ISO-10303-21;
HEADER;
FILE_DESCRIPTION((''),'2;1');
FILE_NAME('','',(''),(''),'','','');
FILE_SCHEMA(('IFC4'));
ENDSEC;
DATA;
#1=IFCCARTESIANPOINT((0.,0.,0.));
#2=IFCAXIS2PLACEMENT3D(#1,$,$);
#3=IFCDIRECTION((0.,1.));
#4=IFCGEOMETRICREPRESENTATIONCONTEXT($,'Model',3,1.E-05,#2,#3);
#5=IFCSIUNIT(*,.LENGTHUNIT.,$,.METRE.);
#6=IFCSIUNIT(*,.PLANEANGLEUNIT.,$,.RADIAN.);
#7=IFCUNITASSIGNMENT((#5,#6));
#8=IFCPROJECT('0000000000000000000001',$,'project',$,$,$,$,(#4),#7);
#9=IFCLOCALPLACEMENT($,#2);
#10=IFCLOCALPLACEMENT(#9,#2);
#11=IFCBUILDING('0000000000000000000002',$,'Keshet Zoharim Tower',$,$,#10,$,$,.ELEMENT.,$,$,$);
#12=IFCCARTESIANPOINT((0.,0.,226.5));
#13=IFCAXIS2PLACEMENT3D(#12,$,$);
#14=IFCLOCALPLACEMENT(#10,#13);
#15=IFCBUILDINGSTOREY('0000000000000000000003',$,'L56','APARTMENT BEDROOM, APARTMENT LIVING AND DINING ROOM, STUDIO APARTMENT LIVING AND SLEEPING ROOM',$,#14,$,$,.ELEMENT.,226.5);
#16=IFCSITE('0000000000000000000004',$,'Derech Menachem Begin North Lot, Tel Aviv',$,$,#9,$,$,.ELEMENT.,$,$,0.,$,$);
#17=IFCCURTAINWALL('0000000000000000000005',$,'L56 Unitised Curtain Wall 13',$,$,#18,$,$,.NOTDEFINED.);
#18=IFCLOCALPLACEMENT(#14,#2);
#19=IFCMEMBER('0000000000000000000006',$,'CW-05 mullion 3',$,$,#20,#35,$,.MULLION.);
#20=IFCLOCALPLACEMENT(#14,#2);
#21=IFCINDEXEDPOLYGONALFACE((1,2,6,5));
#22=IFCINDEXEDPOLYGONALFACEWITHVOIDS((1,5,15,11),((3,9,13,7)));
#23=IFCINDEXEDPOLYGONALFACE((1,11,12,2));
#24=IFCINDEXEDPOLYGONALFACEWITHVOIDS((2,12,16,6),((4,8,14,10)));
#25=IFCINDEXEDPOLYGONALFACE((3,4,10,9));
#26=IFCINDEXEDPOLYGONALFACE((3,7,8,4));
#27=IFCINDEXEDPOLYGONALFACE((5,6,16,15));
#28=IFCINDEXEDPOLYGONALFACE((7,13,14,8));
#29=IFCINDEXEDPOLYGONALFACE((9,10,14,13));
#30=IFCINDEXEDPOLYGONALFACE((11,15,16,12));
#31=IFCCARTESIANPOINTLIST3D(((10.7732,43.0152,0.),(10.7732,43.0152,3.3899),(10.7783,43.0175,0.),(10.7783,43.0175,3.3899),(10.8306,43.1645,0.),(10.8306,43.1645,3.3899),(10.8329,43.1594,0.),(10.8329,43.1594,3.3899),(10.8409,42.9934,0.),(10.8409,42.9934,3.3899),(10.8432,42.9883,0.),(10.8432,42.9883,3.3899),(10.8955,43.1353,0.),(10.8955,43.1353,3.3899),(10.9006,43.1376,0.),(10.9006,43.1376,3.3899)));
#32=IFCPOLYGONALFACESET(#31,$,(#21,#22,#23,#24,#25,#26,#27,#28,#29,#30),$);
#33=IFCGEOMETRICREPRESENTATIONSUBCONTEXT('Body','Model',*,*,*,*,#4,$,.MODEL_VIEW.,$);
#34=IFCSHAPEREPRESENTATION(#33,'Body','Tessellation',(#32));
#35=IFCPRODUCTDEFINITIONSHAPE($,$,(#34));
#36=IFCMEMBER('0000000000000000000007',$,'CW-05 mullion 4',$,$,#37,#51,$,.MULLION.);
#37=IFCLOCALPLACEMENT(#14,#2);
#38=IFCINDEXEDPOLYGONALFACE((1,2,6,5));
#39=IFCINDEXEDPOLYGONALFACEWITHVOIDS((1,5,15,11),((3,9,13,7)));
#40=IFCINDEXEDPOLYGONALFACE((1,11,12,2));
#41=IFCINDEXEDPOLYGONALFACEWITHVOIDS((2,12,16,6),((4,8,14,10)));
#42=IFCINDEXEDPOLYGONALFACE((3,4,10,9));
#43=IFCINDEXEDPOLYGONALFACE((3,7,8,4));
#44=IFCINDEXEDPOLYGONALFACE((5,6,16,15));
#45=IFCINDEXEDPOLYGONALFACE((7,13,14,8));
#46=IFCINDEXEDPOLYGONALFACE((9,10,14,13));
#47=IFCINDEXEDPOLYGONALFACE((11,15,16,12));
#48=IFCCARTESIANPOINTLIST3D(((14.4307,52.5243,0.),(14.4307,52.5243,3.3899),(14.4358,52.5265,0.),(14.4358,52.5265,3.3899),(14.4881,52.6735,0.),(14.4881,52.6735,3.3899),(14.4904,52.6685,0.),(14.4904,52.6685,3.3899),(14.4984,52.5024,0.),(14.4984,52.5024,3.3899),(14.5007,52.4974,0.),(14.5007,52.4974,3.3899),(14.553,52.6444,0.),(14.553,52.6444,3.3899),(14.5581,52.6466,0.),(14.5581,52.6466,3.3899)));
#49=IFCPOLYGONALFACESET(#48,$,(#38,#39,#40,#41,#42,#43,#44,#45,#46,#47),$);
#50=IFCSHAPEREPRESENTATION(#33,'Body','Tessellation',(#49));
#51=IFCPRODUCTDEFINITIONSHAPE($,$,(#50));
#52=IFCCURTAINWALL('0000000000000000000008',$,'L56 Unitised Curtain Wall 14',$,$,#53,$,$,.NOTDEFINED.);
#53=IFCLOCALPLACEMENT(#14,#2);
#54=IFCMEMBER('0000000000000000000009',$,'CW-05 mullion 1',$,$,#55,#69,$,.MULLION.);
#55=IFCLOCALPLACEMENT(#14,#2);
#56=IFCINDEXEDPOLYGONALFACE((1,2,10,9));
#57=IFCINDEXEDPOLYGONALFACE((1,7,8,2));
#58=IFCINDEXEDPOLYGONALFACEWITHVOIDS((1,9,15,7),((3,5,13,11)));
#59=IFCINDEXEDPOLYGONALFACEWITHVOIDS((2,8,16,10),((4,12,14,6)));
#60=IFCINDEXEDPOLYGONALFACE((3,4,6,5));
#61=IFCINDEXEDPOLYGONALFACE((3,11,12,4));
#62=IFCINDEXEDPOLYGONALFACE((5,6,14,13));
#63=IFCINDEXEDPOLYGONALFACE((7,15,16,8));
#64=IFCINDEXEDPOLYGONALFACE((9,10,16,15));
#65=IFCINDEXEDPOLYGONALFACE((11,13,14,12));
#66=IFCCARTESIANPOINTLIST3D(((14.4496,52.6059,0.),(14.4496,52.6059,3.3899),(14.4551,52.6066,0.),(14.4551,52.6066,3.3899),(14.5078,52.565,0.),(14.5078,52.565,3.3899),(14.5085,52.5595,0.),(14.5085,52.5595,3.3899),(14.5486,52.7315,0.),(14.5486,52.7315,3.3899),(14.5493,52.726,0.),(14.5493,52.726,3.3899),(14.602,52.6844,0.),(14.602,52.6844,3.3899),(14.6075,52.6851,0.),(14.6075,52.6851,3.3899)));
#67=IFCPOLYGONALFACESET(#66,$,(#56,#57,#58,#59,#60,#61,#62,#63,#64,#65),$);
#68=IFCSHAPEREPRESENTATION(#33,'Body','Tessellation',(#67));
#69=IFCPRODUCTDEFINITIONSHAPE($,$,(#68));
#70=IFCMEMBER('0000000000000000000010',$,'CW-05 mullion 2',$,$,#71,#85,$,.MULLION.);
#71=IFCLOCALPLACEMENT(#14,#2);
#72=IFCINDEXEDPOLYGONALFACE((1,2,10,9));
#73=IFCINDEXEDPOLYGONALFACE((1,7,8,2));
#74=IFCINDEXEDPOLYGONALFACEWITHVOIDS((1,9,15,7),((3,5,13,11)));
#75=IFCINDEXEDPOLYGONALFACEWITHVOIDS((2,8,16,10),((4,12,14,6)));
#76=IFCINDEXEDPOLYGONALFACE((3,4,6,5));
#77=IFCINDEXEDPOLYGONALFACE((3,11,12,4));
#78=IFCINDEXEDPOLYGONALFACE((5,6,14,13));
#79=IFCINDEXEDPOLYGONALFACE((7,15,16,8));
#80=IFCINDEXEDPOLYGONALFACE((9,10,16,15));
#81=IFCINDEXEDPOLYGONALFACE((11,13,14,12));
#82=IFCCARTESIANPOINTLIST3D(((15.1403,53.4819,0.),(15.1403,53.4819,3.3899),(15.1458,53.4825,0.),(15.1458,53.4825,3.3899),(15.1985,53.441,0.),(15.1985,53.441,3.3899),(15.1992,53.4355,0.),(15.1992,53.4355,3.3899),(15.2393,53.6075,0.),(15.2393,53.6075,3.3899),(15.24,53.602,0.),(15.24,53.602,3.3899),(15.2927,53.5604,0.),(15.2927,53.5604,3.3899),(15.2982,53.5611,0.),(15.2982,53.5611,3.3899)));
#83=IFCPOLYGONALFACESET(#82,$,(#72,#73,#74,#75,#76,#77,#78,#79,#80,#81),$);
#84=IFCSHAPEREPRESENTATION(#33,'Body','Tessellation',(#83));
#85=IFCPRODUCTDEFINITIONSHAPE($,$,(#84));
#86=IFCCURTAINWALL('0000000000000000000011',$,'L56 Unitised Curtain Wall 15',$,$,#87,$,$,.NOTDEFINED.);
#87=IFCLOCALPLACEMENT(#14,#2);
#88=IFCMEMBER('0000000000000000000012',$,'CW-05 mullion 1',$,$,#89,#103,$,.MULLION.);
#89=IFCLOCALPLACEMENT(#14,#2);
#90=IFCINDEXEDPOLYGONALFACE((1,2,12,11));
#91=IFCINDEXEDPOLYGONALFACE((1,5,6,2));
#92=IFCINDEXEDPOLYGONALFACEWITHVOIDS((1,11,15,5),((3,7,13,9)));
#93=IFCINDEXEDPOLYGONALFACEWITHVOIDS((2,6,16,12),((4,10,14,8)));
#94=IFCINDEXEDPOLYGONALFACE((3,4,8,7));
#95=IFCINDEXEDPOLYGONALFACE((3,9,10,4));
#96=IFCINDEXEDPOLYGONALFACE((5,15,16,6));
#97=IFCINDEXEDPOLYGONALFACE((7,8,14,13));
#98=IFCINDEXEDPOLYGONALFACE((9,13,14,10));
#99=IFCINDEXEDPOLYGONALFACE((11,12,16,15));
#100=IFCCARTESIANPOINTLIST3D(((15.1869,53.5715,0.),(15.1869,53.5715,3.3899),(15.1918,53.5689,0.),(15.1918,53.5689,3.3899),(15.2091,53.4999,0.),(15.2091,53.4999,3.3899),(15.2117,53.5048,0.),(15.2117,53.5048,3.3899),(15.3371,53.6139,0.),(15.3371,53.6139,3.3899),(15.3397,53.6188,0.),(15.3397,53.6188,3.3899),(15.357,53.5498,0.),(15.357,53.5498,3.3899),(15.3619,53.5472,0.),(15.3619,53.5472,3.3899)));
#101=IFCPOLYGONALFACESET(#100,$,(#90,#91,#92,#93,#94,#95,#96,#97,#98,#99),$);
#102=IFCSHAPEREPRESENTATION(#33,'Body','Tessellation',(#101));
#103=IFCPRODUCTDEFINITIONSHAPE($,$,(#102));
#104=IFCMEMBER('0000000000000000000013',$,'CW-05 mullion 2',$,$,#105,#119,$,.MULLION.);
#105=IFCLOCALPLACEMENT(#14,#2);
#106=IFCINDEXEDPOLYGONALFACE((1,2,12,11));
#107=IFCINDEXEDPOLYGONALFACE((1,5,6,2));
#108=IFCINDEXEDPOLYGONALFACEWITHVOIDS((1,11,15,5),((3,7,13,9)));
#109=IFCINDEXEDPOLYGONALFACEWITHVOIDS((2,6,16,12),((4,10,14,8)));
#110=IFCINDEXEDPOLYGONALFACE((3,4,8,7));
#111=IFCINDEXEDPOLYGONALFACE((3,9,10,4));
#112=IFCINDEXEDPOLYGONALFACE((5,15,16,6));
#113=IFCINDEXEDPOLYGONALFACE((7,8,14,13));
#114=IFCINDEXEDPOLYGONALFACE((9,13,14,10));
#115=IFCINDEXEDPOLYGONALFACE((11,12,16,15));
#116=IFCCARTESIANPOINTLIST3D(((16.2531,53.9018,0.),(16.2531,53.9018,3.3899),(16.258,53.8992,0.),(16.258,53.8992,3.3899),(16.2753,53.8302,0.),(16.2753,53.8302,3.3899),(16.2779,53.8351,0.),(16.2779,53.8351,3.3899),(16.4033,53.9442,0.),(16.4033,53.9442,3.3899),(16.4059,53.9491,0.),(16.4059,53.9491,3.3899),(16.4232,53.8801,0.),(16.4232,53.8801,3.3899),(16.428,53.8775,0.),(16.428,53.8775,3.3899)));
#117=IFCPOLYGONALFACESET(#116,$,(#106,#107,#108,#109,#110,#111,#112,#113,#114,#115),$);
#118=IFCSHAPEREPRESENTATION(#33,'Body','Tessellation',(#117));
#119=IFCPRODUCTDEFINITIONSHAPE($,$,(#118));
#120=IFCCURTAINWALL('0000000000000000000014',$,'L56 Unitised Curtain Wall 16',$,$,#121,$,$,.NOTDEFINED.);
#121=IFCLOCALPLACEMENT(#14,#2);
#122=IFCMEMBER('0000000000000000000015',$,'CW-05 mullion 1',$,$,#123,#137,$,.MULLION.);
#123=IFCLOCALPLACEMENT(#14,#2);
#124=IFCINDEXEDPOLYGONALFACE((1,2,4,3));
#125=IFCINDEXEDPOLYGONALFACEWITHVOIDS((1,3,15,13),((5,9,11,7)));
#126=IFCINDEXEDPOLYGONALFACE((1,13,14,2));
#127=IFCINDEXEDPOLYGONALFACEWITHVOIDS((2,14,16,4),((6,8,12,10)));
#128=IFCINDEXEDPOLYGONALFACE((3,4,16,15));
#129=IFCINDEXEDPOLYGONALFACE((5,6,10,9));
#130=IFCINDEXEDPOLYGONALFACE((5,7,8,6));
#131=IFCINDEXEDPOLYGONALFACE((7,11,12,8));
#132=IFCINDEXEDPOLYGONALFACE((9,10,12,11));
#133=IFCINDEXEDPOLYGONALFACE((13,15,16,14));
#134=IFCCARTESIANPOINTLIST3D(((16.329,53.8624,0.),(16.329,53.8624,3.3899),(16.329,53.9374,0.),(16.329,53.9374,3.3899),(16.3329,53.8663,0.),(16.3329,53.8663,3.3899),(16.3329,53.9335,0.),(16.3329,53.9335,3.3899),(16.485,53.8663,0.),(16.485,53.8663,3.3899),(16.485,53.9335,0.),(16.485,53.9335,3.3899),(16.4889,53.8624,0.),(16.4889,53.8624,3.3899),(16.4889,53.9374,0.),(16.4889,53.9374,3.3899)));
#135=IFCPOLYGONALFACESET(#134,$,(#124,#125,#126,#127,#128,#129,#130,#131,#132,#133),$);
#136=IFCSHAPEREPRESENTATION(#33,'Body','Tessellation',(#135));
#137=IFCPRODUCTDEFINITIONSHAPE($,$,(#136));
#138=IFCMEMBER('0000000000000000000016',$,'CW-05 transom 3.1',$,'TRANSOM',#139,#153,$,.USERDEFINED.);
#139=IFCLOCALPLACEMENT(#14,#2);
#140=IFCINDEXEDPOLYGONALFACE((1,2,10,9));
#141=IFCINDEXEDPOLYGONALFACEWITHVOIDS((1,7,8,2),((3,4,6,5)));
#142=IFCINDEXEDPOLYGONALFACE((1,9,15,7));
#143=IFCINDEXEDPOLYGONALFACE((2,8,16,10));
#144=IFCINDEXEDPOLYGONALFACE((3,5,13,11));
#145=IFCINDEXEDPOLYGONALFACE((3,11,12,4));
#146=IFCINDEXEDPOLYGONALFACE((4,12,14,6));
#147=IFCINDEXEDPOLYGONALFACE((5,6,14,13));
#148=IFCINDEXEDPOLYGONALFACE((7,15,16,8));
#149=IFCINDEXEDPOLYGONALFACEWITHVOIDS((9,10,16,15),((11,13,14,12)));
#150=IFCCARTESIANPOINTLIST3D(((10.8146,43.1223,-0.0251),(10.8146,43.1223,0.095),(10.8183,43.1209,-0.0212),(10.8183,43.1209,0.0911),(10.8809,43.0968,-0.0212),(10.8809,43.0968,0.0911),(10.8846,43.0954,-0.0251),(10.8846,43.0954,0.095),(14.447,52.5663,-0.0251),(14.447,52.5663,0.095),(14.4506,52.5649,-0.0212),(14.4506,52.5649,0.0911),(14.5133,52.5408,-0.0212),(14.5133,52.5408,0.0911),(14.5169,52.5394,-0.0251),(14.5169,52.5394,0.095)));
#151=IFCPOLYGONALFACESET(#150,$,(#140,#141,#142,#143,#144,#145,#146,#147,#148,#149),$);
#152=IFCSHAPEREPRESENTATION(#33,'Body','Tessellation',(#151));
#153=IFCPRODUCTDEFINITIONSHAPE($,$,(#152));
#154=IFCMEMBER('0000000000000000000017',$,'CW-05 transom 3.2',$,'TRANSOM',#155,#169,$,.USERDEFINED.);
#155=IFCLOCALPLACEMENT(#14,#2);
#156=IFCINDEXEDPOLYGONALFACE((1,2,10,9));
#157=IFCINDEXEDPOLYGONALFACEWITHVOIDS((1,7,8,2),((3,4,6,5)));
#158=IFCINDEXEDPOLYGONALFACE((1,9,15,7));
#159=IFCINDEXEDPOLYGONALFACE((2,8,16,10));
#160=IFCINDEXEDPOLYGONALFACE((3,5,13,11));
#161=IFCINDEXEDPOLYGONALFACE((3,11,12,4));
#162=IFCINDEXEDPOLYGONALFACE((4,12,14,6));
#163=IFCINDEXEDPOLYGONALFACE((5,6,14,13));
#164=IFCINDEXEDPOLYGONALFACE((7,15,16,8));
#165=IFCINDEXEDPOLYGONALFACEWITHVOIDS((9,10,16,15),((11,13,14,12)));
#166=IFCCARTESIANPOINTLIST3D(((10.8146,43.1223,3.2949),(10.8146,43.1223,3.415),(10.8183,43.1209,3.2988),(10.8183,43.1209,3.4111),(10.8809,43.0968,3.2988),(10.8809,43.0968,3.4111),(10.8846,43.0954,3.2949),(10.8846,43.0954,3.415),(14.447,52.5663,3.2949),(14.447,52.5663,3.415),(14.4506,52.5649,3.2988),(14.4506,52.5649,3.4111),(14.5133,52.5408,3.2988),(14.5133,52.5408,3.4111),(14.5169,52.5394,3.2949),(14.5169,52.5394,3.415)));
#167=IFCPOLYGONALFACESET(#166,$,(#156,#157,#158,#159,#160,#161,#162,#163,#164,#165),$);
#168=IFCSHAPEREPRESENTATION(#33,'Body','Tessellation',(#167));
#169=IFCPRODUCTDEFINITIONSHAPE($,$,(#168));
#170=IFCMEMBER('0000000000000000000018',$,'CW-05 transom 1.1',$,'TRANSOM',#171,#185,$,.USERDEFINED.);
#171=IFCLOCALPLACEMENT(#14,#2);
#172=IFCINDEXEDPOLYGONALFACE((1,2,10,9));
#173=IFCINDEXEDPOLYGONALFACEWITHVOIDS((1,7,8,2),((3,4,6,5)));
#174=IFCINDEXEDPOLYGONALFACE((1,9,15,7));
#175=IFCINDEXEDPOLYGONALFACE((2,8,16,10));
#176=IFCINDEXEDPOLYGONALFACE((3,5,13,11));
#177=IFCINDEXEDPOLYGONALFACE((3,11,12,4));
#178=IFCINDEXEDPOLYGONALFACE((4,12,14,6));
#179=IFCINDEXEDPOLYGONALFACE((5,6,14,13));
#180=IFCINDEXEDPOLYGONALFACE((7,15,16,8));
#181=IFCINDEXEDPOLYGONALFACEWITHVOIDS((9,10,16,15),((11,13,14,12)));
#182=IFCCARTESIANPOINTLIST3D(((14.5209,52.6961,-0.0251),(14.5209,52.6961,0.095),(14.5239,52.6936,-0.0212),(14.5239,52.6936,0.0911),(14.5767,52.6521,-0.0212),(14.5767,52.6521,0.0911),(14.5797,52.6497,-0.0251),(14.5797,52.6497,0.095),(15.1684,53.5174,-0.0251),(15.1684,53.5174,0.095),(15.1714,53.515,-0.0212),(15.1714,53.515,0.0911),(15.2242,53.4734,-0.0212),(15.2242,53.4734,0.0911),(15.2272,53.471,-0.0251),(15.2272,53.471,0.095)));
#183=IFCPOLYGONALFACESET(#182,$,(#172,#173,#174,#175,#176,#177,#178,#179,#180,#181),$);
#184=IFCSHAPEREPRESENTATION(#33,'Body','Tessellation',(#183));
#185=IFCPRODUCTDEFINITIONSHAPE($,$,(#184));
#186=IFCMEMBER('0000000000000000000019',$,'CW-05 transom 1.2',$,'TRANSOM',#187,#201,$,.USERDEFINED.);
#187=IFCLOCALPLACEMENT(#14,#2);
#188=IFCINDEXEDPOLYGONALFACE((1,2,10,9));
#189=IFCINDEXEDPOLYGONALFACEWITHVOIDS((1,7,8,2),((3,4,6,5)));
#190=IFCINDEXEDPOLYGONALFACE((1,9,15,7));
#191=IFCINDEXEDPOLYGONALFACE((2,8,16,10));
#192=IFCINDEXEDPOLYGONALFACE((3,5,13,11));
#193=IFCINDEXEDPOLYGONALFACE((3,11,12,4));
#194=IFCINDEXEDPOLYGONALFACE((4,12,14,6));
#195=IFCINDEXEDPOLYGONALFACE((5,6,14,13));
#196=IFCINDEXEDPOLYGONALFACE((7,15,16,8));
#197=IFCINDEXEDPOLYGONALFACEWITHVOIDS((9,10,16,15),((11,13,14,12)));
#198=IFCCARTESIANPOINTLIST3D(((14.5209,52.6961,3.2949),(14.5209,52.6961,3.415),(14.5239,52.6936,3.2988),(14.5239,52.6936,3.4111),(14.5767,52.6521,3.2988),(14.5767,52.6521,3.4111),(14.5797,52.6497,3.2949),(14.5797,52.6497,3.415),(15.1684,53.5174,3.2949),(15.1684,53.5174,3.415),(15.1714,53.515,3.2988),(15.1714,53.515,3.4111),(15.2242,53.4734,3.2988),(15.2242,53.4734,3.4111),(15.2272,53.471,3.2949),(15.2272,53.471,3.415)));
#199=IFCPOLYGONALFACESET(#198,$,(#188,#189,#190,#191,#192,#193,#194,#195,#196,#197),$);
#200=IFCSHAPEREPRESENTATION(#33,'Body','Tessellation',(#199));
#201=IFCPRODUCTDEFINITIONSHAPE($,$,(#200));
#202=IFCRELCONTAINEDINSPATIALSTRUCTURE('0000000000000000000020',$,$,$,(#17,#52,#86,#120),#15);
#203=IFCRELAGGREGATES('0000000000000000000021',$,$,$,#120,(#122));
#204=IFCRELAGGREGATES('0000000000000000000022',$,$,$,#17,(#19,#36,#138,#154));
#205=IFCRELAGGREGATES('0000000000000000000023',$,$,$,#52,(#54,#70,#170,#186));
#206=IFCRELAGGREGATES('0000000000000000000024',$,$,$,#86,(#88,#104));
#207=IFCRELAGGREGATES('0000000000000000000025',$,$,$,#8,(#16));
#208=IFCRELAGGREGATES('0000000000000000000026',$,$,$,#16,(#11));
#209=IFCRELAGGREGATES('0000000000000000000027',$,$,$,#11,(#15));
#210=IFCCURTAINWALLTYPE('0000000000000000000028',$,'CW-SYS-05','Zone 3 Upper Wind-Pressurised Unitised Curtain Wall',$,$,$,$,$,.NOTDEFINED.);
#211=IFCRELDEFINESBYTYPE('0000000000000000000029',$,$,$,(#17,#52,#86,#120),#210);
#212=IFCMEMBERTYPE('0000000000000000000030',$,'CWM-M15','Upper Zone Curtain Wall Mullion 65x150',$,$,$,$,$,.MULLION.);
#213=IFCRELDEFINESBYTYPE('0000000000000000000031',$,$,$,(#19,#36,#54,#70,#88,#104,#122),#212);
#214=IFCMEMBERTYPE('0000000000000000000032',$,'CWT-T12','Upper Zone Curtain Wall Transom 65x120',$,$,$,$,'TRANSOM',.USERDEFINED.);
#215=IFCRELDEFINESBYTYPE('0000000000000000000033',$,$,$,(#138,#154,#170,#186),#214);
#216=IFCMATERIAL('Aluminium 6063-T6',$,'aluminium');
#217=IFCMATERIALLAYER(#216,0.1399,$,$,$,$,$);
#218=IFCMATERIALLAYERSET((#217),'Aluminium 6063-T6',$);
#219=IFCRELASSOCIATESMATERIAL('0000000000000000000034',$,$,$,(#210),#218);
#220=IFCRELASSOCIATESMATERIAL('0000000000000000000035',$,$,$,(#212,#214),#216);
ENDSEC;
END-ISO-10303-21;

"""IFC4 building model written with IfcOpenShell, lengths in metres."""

from ifc_helpers import new_model, si_unit, direction, frame, origin, origin_2d, place, context, subcontext, project, spatial, hollow_rectangle, extrude, material, layer, layer_set, material_profile, profile_set, type_object, element, aggregate, save


model = new_model("IFC4")

# Units and contexts
model_context = context("Model", 3, precision=1e-05, world=origin(), true_north=direction((0.0, 1.0)))
body_context = subcontext(model_context, "Body", "Model", "MODEL_VIEW")
ifc_project = project(units=[si_unit("LENGTHUNIT", "METRE"), si_unit("PLANEANGLEUNIT", "RADIAN")], contexts=[model_context])

# Site, building, storey
site_placement = place(None, origin())
site = spatial("IfcSite", under=ifc_project, at=site_placement, Name="Derech Menachem Begin North Lot, Tel Aviv", CompositionType="ELEMENT", RefElevation=0.0)
building_placement = place(site_placement, origin())
building = spatial("IfcBuilding", under=site, at=building_placement, Name="Keshet Zoharim Tower", CompositionType="ELEMENT")
storey_placement = place(building_placement, frame((0.0, 0.0, 226.5)))
storey = spatial("IfcBuildingStorey", under=building, at=storey_placement, Name="L56", Description="APARTMENT BEDROOM, APARTMENT LIVING AND DINING ROOM, STUDIO APARTMENT LIVING AND SLEEPING ROOM", CompositionType="ELEMENT", Elevation=226.5)

# Curtain walls, members
ifc_material_1 = material(Name="Aluminium 6063-T6", Category="aluminium")
ifc_layer_1 = layer(ifc_material_1, 0.1399)
ifc_layer_set_1 = layer_set([ifc_layer_1], Name="Aluminium 6063-T6")
curtain_wall_type = type_object("IfcCurtainWallType", Name="CW-SYS-05", Description="Zone 3 Upper Wind-Pressurised Unitised Curtain Wall", PredefinedType="NOTDEFINED", material=ifc_layer_set_1)
curtain_wall_1_placement = place(storey_placement, origin())
curtain_wall_1 = element("IfcCurtainWall", 1, at=curtain_wall_1_placement, inside=storey, type_object=curtain_wall_type, Name="L56 Unitised Curtain Wall 13", PredefinedType="NOTDEFINED")
ifc_material_profile_1 = material_profile(ifc_material_1, hollow_rectangle(XDim=0.075, YDim=0.1599, WallThickness=0.0039, at=origin_2d()), Name="MUL-75x160")
ifc_profile_set_1 = profile_set([ifc_material_profile_1], Name="Aluminium 6063-T6")
member_type_1 = type_object("IfcMemberType", Name="CWM-M15", Description="Upper Zone Curtain Wall Mullion 65x150", PredefinedType="MULLION", material=ifc_profile_set_1)
member_1_placement = place(storey_placement, frame((10.8369, 43.0764, 0.0), z_axis=(0.0, 0.0, 1.0), x_axis=(-0.933341, 0.35899, 0.0)))
member_1 = element("IfcMember", 2, at=member_1_placement, type_object=member_type_1, Name="CW-05 mullion 3", PredefinedType="MULLION", context=body_context, shape_type="SweptSolid", body=[
    extrude(hollow_rectangle(XDim=0.075, YDim=0.1599, WallThickness=0.0039, at=origin_2d()), origin(), (0.0, 0.0, 1.0), 3.3899),
])
member_2_placement = place(storey_placement, frame((14.4944, 52.5854, 0.0), z_axis=(0.0, 0.0, 1.0), x_axis=(-0.933341, 0.35899, 0.0)))
member_2 = element("IfcMember", 3, at=member_2_placement, type_object=member_type_1, Name="CW-05 mullion 4", PredefinedType="MULLION", context=body_context, shape_type="SweptSolid", body=[
    extrude(hollow_rectangle(XDim=0.075, YDim=0.1599, WallThickness=0.0039, at=origin_2d()), origin(), (0.0, 0.0, 1.0), 3.3899),
])
curtain_wall_2_placement = place(storey_placement, origin())
curtain_wall_2 = element("IfcCurtainWall", 4, at=curtain_wall_2_placement, inside=storey, type_object=curtain_wall_type, Name="L56 Unitised Curtain Wall 14", PredefinedType="NOTDEFINED")
member_3_placement = place(storey_placement, frame((14.5286, 52.6455, 0.0), z_axis=(0.0, 0.0, 1.0), x_axis=(-0.785293, 0.619125, 0.0)))
member_3 = element("IfcMember", 5, at=member_3_placement, type_object=member_type_1, Name="CW-05 mullion 1", PredefinedType="MULLION", context=body_context, shape_type="SweptSolid", body=[
    extrude(hollow_rectangle(XDim=0.075, YDim=0.1599, WallThickness=0.0039, at=origin_2d()), origin(), (0.0, 0.0, 1.0), 3.3899),
])
member_4_placement = place(storey_placement, frame((15.2192, 53.5215, 0.0), z_axis=(0.0, 0.0, 1.0), x_axis=(-0.785293, 0.619125, 0.0)))
member_4 = element("IfcMember", 6, at=member_4_placement, type_object=member_type_1, Name="CW-05 mullion 2", PredefinedType="MULLION", context=body_context, shape_type="SweptSolid", body=[
    extrude(hollow_rectangle(XDim=0.075, YDim=0.1599, WallThickness=0.0039, at=origin_2d()), origin(), (0.0, 0.0, 1.0), 3.3899),
])
curtain_wall_3_placement = place(storey_placement, origin())
curtain_wall_3 = element("IfcCurtainWall", 7, at=curtain_wall_3_placement, inside=storey, type_object=curtain_wall_type, Name="L56 Unitised Curtain Wall 15", PredefinedType="NOTDEFINED")
member_5_placement = place(storey_placement, frame((15.2744, 53.5593, 0.0), z_axis=(0.0, 0.0, 1.0), x_axis=(-0.295922, 0.955212, 0.0)))
member_5 = element("IfcMember", 8, at=member_5_placement, type_object=member_type_1, Name="CW-05 mullion 1", PredefinedType="MULLION", context=body_context, shape_type="SweptSolid", body=[
    extrude(hollow_rectangle(XDim=0.075, YDim=0.1599, WallThickness=0.0039, at=origin_2d()), origin(), (0.0, 0.0, 1.0), 3.3899),
])
member_6_placement = place(storey_placement, frame((16.3406, 53.8896, 0.0), z_axis=(0.0, 0.0, 1.0), x_axis=(-0.295922, 0.955212, 0.0)))
member_6 = element("IfcMember", 9, at=member_6_placement, type_object=member_type_1, Name="CW-05 mullion 2", PredefinedType="MULLION", context=body_context, shape_type="SweptSolid", body=[
    extrude(hollow_rectangle(XDim=0.075, YDim=0.1599, WallThickness=0.0039, at=origin_2d()), origin(), (0.0, 0.0, 1.0), 3.3899),
])

# Curtain wall, member
curtain_wall_4_placement = place(storey_placement, origin())
curtain_wall_4 = element("IfcCurtainWall", 10, at=curtain_wall_4_placement, inside=storey, type_object=curtain_wall_type, Name="L56 Unitised Curtain Wall 16", PredefinedType="NOTDEFINED")
member_7_placement = place(storey_placement, frame((16.4089, 53.8999, 0.0), z_axis=(0.0, 0.0, 1.0), x_axis=(0.0, 1.0, 0.0)))
member_7 = element("IfcMember", 11, at=member_7_placement, type_object=member_type_1, Name="CW-05 mullion 1", PredefinedType="MULLION", context=body_context, shape_type="SweptSolid", body=[
    extrude(hollow_rectangle(XDim=0.075, YDim=0.1599, WallThickness=0.0039, at=origin_2d()), origin(), (0.0, 0.0, 1.0), 3.3899),
])

# Members
ifc_material_profile_2 = material_profile(ifc_material_1, hollow_rectangle(XDim=0.075, YDim=0.1201, WallThickness=0.0039, at=origin_2d()), Name="TRN-75x120")
ifc_profile_set_2 = profile_set([ifc_material_profile_2], Name="Aluminium 6063-T6")
member_type_2 = type_object("IfcMemberType", Name="CWT-T12", Description="Upper Zone Curtain Wall Transom 65x120", ElementType="TRANSOM", PredefinedType="USERDEFINED", material=ifc_profile_set_2)
member_8_placement = place(storey_placement, frame((10.8496, 43.1089, 0.0349), z_axis=(0.358986, 0.933343, 0.0), x_axis=(-0.933343, 0.358986, 0.0)))
member_8 = element("IfcMember", 12, at=member_8_placement, type_object=member_type_2, Name="CW-05 transom 3.1", ObjectType="TRANSOM", PredefinedType="USERDEFINED", context=body_context, shape_type="SweptSolid", body=[
    extrude(hollow_rectangle(XDim=0.075, YDim=0.1201, WallThickness=0.0039, at=origin_2d()), origin(), (0.0, 0.0, 1.0), 10.1184),
])
member_9_placement = place(storey_placement, frame((10.8496, 43.1089, 3.355), z_axis=(0.358986, 0.933343, 0.0), x_axis=(-0.933343, 0.358986, 0.0)))
member_9 = element("IfcMember", 13, at=member_9_placement, type_object=member_type_2, Name="CW-05 transom 3.2", ObjectType="TRANSOM", PredefinedType="USERDEFINED", context=body_context, shape_type="SweptSolid", body=[
    extrude(hollow_rectangle(XDim=0.075, YDim=0.1201, WallThickness=0.0039, at=origin_2d()), origin(), (0.0, 0.0, 1.0), 10.1184),
])
member_10_placement = place(storey_placement, frame((14.5503, 52.6729, 0.0349), z_axis=(0.619099, 0.785313, 0.0), x_axis=(-0.785313, 0.619099, 0.0)))
member_10 = element("IfcMember", 14, at=member_10_placement, type_object=member_type_2, Name="CW-05 transom 1.1", ObjectType="TRANSOM", PredefinedType="USERDEFINED", context=body_context, shape_type="SweptSolid", body=[
    extrude(hollow_rectangle(XDim=0.075, YDim=0.1201, WallThickness=0.0039, at=origin_2d()), origin(), (0.0, 0.0, 1.0), 1.0459),
])
member_11_placement = place(storey_placement, frame((14.5503, 52.6729, 3.355), z_axis=(0.619099, 0.785313, 0.0), x_axis=(-0.785313, 0.619099, 0.0)))
member_11 = element("IfcMember", 15, at=member_11_placement, type_object=member_type_2, Name="CW-05 transom 1.2", ObjectType="TRANSOM", PredefinedType="USERDEFINED", context=body_context, shape_type="SweptSolid", body=[
    extrude(hollow_rectangle(XDim=0.075, YDim=0.1201, WallThickness=0.0039, at=origin_2d()), origin(), (0.0, 0.0, 1.0), 1.0459),
])
aggregate(curtain_wall_4, [member_7])

aggregate(curtain_wall_1, [member_1, member_2, member_8, member_9])
aggregate(curtain_wall_2, [member_3, member_4, member_10, member_11])
aggregate(curtain_wall_3, [member_5, member_6])

save(model, "model.ifc")
